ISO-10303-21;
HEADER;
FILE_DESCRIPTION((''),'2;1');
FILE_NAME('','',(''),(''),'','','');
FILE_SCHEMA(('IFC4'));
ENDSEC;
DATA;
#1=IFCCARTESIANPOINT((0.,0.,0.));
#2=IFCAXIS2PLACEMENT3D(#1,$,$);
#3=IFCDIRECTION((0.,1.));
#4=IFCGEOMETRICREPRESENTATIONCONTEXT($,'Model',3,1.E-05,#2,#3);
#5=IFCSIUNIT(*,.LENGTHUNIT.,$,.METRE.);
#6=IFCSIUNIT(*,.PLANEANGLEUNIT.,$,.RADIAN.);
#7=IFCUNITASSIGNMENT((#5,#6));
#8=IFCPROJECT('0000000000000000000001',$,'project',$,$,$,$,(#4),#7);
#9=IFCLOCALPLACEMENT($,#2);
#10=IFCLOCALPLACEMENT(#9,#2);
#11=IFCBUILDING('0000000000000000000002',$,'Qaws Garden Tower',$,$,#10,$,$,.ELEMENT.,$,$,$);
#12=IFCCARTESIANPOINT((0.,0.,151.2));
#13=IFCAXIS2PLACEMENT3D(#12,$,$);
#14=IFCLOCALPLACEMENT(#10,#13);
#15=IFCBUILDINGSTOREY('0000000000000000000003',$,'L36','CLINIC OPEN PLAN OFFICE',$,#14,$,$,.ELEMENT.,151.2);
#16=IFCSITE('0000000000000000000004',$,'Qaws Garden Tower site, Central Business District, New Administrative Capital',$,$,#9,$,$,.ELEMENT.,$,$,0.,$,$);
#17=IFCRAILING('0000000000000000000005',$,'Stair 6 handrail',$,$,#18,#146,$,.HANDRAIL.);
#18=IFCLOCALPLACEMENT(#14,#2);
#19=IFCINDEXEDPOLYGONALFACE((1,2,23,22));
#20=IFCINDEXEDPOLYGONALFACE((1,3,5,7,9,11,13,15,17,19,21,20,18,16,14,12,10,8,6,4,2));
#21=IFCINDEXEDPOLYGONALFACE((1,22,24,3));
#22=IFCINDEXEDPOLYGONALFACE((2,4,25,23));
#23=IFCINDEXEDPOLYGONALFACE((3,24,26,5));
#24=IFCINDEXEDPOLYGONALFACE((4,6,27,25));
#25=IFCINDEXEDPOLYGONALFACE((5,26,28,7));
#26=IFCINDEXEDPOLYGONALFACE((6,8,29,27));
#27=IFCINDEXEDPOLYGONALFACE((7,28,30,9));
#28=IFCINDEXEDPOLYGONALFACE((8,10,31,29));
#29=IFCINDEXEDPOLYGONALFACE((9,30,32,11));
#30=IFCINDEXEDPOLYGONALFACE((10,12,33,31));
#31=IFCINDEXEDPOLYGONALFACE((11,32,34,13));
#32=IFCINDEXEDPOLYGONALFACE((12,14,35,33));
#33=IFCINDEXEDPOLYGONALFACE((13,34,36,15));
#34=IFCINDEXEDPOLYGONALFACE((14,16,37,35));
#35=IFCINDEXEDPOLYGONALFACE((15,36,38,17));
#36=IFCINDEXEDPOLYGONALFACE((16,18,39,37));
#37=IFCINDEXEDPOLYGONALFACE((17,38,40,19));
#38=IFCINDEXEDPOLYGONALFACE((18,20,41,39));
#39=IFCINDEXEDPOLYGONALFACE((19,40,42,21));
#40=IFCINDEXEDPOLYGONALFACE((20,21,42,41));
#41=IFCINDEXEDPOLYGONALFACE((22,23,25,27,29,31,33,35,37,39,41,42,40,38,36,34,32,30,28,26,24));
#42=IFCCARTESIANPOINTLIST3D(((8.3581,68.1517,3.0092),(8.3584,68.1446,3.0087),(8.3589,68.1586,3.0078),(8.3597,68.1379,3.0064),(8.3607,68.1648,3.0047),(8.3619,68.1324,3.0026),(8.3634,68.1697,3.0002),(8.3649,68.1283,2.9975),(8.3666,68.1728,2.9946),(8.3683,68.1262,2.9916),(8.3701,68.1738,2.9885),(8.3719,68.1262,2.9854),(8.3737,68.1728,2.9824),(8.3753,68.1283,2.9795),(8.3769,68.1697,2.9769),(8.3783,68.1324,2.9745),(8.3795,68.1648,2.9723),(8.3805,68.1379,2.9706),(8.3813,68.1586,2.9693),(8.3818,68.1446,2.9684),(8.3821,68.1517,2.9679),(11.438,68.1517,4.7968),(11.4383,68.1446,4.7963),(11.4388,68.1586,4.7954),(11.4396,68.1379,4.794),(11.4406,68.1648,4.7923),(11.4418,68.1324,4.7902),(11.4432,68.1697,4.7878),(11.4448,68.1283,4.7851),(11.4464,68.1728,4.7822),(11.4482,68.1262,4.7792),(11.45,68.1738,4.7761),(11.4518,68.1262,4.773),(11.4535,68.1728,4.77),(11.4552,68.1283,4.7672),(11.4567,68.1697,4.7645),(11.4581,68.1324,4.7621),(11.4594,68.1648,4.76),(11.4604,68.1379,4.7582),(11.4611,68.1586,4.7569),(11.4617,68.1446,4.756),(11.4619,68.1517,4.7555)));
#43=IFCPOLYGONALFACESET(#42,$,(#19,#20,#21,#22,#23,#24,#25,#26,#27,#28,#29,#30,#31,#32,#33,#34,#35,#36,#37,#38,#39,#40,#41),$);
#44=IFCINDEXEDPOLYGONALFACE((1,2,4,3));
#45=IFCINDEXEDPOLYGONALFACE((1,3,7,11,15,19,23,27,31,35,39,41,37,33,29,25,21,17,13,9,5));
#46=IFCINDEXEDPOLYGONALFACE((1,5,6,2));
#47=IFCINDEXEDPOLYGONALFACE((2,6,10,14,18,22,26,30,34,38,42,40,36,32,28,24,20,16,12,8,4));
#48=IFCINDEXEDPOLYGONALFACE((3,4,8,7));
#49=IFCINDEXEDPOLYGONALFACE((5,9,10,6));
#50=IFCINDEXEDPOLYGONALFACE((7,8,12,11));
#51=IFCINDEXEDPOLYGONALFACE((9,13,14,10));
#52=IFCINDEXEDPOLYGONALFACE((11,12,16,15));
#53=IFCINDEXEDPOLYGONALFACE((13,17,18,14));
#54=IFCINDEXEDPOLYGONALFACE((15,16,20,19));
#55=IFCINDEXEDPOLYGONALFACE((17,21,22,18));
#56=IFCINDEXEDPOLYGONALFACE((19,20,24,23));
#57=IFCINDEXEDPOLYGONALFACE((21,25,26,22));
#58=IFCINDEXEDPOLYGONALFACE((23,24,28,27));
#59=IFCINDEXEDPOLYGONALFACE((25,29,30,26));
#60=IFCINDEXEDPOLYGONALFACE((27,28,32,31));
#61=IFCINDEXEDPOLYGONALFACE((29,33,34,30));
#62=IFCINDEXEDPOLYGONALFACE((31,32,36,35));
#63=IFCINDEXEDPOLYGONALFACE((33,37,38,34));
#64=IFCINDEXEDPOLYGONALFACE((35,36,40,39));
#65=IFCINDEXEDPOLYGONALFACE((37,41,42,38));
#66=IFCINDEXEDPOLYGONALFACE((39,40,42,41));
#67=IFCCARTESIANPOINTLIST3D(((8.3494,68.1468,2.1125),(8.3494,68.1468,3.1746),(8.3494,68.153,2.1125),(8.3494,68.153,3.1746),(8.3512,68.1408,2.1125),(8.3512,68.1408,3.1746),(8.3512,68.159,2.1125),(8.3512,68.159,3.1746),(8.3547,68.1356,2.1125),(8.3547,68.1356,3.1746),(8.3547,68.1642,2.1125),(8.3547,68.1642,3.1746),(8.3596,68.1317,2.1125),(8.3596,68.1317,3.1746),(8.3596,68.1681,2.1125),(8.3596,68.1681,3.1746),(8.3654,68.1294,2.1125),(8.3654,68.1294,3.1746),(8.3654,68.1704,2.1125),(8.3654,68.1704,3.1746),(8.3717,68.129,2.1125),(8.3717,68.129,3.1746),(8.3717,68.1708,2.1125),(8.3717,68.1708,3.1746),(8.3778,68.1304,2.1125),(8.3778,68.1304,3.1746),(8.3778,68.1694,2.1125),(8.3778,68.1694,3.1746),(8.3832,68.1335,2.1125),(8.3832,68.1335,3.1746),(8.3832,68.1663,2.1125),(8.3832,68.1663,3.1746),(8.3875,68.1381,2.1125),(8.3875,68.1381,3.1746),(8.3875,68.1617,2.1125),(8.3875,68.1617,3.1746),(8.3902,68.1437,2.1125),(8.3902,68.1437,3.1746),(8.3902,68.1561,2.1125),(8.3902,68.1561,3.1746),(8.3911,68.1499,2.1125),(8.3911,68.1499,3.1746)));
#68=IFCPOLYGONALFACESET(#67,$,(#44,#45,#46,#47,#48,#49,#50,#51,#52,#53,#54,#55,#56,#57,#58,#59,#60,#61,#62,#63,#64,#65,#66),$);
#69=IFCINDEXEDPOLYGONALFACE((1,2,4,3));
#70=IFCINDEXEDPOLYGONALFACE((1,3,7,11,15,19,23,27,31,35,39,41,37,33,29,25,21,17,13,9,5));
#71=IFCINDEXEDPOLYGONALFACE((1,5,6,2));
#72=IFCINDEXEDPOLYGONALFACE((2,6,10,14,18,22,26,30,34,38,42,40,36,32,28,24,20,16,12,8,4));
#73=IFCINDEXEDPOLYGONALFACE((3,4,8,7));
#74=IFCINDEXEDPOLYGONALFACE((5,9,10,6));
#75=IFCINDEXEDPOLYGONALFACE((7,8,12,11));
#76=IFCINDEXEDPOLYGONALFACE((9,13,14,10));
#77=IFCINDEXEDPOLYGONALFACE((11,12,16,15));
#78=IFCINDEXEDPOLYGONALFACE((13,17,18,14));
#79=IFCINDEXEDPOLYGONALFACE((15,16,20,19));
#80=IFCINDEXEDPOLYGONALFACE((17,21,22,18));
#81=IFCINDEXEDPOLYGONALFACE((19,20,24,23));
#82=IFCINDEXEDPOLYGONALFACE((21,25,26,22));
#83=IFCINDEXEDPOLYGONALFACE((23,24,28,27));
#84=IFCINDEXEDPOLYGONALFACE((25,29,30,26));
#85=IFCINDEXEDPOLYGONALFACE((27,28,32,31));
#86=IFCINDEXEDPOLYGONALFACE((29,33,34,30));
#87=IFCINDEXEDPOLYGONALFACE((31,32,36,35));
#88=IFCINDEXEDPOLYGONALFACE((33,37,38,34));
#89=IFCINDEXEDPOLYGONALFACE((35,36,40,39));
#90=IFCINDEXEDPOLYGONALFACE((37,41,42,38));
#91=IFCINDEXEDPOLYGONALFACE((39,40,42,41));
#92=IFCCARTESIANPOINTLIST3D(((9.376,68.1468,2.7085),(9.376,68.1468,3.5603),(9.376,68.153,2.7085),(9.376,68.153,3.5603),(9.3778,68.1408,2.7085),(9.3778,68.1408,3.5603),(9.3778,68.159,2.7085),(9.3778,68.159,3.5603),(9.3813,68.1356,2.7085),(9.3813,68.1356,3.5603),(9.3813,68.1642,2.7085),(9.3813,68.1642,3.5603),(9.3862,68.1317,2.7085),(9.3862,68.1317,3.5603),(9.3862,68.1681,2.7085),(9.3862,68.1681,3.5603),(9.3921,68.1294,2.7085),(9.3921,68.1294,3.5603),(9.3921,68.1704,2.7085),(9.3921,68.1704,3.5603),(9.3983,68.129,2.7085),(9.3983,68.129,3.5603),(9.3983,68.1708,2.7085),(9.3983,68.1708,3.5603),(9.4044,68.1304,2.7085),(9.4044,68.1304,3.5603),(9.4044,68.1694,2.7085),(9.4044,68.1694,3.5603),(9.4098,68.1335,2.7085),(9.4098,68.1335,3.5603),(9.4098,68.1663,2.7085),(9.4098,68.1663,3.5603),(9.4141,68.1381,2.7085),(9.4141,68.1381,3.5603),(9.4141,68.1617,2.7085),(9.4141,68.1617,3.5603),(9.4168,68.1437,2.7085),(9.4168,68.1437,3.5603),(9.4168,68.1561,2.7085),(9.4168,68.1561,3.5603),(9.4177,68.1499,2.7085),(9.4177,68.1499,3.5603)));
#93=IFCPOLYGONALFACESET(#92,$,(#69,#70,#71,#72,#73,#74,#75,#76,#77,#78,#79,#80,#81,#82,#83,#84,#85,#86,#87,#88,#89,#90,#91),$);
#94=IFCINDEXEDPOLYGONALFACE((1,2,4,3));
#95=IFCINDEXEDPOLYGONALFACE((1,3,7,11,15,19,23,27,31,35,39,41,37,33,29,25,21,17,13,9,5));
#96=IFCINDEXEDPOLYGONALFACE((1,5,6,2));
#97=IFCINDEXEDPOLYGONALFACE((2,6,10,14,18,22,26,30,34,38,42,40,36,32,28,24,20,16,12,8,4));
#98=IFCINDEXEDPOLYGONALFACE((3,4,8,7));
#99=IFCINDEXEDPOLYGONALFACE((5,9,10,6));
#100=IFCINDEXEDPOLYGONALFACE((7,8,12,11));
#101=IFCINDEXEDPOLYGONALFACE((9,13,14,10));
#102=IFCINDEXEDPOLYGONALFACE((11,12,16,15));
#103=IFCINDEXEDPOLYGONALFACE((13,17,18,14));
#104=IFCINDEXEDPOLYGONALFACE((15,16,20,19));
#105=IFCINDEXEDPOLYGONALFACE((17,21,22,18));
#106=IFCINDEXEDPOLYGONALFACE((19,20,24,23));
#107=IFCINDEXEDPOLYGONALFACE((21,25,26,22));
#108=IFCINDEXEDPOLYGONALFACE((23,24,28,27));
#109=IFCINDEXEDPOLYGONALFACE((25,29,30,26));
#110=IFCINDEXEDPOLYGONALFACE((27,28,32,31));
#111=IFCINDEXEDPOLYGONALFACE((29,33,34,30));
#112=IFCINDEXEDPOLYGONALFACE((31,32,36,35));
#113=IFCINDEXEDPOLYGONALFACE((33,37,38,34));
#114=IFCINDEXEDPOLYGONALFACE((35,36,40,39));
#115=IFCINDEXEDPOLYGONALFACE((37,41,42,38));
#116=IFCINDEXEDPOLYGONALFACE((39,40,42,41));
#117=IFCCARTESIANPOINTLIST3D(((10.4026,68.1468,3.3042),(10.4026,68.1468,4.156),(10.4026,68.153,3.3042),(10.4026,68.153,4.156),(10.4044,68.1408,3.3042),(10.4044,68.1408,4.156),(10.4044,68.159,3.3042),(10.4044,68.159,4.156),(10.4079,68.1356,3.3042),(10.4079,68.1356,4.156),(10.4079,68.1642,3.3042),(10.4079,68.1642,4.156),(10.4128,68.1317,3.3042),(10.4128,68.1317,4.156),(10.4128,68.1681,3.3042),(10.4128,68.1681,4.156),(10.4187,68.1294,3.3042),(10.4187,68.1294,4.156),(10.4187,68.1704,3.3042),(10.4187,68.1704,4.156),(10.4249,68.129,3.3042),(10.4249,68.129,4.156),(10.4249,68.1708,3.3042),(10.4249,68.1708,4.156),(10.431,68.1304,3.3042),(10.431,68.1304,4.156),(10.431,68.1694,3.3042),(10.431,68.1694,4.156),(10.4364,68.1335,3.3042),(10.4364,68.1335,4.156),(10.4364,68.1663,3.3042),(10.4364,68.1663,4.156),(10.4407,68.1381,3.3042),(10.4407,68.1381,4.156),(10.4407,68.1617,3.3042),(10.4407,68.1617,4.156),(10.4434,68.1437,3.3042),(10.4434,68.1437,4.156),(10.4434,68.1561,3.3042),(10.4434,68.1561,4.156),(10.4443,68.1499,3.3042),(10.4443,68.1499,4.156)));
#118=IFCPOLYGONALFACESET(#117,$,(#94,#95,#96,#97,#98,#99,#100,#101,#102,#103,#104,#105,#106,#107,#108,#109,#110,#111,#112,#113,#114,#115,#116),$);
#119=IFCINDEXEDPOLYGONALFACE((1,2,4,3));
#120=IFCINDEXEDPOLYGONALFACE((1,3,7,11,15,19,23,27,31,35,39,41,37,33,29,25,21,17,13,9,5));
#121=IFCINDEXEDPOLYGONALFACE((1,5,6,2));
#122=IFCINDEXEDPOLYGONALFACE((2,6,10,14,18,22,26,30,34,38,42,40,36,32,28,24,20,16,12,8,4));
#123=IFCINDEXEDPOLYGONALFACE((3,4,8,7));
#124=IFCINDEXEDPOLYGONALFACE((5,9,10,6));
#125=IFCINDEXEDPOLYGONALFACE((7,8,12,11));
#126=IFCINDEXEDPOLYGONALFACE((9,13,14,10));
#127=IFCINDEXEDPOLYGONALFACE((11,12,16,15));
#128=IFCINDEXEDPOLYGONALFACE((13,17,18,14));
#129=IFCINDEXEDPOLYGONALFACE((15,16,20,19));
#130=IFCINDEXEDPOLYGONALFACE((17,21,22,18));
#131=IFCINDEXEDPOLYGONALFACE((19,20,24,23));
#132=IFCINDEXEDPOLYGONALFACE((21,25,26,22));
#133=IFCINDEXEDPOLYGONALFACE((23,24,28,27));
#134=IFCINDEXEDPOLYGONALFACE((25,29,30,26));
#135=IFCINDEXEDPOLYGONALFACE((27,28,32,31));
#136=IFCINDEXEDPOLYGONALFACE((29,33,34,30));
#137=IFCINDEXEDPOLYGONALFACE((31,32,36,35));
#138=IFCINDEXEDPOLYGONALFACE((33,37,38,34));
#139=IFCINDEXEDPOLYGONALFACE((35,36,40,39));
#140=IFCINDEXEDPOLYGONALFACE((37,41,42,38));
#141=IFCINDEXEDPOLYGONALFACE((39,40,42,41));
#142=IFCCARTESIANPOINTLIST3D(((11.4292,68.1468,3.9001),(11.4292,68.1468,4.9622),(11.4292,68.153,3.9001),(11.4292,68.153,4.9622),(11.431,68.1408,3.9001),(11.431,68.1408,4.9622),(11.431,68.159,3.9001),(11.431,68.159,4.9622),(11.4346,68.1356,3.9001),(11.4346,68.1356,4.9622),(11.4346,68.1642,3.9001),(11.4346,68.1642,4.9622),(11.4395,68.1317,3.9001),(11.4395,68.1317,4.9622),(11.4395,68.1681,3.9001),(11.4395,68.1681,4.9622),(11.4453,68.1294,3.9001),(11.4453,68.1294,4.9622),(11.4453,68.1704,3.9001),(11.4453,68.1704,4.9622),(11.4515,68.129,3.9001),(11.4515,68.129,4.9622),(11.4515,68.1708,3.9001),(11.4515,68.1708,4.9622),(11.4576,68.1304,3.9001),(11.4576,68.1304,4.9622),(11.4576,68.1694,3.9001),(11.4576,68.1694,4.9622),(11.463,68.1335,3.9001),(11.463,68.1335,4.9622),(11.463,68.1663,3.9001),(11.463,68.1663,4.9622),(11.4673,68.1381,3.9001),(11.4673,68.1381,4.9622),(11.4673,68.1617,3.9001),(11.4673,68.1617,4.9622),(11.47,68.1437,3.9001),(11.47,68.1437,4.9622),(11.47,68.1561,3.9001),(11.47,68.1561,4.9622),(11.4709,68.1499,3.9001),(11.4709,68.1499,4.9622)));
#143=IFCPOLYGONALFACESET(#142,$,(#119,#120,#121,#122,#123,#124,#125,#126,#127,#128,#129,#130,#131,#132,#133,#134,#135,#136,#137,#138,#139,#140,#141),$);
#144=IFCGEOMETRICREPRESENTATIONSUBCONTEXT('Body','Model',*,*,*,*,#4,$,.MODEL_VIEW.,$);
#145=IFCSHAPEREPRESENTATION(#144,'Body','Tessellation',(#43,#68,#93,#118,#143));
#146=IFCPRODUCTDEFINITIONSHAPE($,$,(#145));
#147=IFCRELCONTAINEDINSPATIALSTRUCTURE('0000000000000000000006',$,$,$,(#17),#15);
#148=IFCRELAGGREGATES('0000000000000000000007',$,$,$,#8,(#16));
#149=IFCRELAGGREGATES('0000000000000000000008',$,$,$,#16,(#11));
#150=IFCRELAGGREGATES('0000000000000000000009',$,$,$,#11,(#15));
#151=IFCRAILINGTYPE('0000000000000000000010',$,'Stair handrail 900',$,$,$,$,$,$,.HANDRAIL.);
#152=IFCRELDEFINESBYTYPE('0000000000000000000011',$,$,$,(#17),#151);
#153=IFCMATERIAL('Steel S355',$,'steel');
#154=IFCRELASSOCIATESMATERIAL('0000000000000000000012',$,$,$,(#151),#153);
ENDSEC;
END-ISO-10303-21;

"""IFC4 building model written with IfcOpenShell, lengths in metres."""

from ifc_helpers import new_model, si_unit, direction, frame, origin, origin_2d, place, context, subcontext, project, spatial, circle, extrude, material, type_object, element, save


model = new_model("IFC4")

# Units and contexts
model_context = context("Model", 3, precision=1e-05, world=origin(), true_north=direction((0.0, 1.0)))
body_context = subcontext(model_context, "Body", "Model", "MODEL_VIEW")
ifc_project = project(units=[si_unit("LENGTHUNIT", "METRE"), si_unit("PLANEANGLEUNIT", "RADIAN")], contexts=[model_context])

# Site, building, storey
site_placement = place(None, origin())
site = spatial("IfcSite", under=ifc_project, at=site_placement, Name="Qaws Garden Tower site, Central Business District, New Administrative Capital", CompositionType="ELEMENT", RefElevation=0.0)
building_placement = place(site_placement, origin())
building = spatial("IfcBuilding", under=site, at=building_placement, Name="Qaws Garden Tower", CompositionType="ELEMENT")
storey_placement = place(building_placement, frame((0.0, 0.0, 151.2)))
storey = spatial("IfcBuildingStorey", under=building, at=storey_placement, Name="L36", Description="CLINIC OPEN PLAN OFFICE", CompositionType="ELEMENT", Elevation=151.2)

# Railing
ifc_material_1 = material(Name="Steel S355", Category="steel")
railing_type = type_object("IfcRailingType", Name="Stair handrail 900", PredefinedType="HANDRAIL", material=ifc_material_1)
railing_1_placement = place(storey_placement, frame((8.3701, 68.1499, 2.1125)))
element("IfcRailing", 1, at=railing_1_placement, inside=storey, type_object=railing_type, Name="Stair 6 handrail", PredefinedType="HANDRAIL", context=body_context, shape_type="SweptSolid", body=[
    extrude(circle(Radius=0.0239, at=origin_2d()), frame((0.0, 0.0, 0.876), z_axis=(0.864873, 0.0, 0.50199), x_axis=(0.0, 1.0, 0.0)), (0.0, 0.0, 1.0), 3.561),
    extrude(circle(Radius=0.021, at=origin_2d()), origin(), (0.0, 0.0, 1.0), 1.062),
    extrude(circle(Radius=0.021, at=origin_2d()), frame((1.0266, 0.0, 0.5959)), (0.0, 0.0, 1.0), 0.8518),
    extrude(circle(Radius=0.021, at=origin_2d()), frame((2.0532, 0.0, 1.1917)), (0.0, 0.0, 1.0), 0.8518),
    extrude(circle(Radius=0.021, at=origin_2d()), frame((3.0798, 0.0, 1.7876)), (0.0, 0.0, 1.0), 1.062),
])

save(model, "model.ifc")
